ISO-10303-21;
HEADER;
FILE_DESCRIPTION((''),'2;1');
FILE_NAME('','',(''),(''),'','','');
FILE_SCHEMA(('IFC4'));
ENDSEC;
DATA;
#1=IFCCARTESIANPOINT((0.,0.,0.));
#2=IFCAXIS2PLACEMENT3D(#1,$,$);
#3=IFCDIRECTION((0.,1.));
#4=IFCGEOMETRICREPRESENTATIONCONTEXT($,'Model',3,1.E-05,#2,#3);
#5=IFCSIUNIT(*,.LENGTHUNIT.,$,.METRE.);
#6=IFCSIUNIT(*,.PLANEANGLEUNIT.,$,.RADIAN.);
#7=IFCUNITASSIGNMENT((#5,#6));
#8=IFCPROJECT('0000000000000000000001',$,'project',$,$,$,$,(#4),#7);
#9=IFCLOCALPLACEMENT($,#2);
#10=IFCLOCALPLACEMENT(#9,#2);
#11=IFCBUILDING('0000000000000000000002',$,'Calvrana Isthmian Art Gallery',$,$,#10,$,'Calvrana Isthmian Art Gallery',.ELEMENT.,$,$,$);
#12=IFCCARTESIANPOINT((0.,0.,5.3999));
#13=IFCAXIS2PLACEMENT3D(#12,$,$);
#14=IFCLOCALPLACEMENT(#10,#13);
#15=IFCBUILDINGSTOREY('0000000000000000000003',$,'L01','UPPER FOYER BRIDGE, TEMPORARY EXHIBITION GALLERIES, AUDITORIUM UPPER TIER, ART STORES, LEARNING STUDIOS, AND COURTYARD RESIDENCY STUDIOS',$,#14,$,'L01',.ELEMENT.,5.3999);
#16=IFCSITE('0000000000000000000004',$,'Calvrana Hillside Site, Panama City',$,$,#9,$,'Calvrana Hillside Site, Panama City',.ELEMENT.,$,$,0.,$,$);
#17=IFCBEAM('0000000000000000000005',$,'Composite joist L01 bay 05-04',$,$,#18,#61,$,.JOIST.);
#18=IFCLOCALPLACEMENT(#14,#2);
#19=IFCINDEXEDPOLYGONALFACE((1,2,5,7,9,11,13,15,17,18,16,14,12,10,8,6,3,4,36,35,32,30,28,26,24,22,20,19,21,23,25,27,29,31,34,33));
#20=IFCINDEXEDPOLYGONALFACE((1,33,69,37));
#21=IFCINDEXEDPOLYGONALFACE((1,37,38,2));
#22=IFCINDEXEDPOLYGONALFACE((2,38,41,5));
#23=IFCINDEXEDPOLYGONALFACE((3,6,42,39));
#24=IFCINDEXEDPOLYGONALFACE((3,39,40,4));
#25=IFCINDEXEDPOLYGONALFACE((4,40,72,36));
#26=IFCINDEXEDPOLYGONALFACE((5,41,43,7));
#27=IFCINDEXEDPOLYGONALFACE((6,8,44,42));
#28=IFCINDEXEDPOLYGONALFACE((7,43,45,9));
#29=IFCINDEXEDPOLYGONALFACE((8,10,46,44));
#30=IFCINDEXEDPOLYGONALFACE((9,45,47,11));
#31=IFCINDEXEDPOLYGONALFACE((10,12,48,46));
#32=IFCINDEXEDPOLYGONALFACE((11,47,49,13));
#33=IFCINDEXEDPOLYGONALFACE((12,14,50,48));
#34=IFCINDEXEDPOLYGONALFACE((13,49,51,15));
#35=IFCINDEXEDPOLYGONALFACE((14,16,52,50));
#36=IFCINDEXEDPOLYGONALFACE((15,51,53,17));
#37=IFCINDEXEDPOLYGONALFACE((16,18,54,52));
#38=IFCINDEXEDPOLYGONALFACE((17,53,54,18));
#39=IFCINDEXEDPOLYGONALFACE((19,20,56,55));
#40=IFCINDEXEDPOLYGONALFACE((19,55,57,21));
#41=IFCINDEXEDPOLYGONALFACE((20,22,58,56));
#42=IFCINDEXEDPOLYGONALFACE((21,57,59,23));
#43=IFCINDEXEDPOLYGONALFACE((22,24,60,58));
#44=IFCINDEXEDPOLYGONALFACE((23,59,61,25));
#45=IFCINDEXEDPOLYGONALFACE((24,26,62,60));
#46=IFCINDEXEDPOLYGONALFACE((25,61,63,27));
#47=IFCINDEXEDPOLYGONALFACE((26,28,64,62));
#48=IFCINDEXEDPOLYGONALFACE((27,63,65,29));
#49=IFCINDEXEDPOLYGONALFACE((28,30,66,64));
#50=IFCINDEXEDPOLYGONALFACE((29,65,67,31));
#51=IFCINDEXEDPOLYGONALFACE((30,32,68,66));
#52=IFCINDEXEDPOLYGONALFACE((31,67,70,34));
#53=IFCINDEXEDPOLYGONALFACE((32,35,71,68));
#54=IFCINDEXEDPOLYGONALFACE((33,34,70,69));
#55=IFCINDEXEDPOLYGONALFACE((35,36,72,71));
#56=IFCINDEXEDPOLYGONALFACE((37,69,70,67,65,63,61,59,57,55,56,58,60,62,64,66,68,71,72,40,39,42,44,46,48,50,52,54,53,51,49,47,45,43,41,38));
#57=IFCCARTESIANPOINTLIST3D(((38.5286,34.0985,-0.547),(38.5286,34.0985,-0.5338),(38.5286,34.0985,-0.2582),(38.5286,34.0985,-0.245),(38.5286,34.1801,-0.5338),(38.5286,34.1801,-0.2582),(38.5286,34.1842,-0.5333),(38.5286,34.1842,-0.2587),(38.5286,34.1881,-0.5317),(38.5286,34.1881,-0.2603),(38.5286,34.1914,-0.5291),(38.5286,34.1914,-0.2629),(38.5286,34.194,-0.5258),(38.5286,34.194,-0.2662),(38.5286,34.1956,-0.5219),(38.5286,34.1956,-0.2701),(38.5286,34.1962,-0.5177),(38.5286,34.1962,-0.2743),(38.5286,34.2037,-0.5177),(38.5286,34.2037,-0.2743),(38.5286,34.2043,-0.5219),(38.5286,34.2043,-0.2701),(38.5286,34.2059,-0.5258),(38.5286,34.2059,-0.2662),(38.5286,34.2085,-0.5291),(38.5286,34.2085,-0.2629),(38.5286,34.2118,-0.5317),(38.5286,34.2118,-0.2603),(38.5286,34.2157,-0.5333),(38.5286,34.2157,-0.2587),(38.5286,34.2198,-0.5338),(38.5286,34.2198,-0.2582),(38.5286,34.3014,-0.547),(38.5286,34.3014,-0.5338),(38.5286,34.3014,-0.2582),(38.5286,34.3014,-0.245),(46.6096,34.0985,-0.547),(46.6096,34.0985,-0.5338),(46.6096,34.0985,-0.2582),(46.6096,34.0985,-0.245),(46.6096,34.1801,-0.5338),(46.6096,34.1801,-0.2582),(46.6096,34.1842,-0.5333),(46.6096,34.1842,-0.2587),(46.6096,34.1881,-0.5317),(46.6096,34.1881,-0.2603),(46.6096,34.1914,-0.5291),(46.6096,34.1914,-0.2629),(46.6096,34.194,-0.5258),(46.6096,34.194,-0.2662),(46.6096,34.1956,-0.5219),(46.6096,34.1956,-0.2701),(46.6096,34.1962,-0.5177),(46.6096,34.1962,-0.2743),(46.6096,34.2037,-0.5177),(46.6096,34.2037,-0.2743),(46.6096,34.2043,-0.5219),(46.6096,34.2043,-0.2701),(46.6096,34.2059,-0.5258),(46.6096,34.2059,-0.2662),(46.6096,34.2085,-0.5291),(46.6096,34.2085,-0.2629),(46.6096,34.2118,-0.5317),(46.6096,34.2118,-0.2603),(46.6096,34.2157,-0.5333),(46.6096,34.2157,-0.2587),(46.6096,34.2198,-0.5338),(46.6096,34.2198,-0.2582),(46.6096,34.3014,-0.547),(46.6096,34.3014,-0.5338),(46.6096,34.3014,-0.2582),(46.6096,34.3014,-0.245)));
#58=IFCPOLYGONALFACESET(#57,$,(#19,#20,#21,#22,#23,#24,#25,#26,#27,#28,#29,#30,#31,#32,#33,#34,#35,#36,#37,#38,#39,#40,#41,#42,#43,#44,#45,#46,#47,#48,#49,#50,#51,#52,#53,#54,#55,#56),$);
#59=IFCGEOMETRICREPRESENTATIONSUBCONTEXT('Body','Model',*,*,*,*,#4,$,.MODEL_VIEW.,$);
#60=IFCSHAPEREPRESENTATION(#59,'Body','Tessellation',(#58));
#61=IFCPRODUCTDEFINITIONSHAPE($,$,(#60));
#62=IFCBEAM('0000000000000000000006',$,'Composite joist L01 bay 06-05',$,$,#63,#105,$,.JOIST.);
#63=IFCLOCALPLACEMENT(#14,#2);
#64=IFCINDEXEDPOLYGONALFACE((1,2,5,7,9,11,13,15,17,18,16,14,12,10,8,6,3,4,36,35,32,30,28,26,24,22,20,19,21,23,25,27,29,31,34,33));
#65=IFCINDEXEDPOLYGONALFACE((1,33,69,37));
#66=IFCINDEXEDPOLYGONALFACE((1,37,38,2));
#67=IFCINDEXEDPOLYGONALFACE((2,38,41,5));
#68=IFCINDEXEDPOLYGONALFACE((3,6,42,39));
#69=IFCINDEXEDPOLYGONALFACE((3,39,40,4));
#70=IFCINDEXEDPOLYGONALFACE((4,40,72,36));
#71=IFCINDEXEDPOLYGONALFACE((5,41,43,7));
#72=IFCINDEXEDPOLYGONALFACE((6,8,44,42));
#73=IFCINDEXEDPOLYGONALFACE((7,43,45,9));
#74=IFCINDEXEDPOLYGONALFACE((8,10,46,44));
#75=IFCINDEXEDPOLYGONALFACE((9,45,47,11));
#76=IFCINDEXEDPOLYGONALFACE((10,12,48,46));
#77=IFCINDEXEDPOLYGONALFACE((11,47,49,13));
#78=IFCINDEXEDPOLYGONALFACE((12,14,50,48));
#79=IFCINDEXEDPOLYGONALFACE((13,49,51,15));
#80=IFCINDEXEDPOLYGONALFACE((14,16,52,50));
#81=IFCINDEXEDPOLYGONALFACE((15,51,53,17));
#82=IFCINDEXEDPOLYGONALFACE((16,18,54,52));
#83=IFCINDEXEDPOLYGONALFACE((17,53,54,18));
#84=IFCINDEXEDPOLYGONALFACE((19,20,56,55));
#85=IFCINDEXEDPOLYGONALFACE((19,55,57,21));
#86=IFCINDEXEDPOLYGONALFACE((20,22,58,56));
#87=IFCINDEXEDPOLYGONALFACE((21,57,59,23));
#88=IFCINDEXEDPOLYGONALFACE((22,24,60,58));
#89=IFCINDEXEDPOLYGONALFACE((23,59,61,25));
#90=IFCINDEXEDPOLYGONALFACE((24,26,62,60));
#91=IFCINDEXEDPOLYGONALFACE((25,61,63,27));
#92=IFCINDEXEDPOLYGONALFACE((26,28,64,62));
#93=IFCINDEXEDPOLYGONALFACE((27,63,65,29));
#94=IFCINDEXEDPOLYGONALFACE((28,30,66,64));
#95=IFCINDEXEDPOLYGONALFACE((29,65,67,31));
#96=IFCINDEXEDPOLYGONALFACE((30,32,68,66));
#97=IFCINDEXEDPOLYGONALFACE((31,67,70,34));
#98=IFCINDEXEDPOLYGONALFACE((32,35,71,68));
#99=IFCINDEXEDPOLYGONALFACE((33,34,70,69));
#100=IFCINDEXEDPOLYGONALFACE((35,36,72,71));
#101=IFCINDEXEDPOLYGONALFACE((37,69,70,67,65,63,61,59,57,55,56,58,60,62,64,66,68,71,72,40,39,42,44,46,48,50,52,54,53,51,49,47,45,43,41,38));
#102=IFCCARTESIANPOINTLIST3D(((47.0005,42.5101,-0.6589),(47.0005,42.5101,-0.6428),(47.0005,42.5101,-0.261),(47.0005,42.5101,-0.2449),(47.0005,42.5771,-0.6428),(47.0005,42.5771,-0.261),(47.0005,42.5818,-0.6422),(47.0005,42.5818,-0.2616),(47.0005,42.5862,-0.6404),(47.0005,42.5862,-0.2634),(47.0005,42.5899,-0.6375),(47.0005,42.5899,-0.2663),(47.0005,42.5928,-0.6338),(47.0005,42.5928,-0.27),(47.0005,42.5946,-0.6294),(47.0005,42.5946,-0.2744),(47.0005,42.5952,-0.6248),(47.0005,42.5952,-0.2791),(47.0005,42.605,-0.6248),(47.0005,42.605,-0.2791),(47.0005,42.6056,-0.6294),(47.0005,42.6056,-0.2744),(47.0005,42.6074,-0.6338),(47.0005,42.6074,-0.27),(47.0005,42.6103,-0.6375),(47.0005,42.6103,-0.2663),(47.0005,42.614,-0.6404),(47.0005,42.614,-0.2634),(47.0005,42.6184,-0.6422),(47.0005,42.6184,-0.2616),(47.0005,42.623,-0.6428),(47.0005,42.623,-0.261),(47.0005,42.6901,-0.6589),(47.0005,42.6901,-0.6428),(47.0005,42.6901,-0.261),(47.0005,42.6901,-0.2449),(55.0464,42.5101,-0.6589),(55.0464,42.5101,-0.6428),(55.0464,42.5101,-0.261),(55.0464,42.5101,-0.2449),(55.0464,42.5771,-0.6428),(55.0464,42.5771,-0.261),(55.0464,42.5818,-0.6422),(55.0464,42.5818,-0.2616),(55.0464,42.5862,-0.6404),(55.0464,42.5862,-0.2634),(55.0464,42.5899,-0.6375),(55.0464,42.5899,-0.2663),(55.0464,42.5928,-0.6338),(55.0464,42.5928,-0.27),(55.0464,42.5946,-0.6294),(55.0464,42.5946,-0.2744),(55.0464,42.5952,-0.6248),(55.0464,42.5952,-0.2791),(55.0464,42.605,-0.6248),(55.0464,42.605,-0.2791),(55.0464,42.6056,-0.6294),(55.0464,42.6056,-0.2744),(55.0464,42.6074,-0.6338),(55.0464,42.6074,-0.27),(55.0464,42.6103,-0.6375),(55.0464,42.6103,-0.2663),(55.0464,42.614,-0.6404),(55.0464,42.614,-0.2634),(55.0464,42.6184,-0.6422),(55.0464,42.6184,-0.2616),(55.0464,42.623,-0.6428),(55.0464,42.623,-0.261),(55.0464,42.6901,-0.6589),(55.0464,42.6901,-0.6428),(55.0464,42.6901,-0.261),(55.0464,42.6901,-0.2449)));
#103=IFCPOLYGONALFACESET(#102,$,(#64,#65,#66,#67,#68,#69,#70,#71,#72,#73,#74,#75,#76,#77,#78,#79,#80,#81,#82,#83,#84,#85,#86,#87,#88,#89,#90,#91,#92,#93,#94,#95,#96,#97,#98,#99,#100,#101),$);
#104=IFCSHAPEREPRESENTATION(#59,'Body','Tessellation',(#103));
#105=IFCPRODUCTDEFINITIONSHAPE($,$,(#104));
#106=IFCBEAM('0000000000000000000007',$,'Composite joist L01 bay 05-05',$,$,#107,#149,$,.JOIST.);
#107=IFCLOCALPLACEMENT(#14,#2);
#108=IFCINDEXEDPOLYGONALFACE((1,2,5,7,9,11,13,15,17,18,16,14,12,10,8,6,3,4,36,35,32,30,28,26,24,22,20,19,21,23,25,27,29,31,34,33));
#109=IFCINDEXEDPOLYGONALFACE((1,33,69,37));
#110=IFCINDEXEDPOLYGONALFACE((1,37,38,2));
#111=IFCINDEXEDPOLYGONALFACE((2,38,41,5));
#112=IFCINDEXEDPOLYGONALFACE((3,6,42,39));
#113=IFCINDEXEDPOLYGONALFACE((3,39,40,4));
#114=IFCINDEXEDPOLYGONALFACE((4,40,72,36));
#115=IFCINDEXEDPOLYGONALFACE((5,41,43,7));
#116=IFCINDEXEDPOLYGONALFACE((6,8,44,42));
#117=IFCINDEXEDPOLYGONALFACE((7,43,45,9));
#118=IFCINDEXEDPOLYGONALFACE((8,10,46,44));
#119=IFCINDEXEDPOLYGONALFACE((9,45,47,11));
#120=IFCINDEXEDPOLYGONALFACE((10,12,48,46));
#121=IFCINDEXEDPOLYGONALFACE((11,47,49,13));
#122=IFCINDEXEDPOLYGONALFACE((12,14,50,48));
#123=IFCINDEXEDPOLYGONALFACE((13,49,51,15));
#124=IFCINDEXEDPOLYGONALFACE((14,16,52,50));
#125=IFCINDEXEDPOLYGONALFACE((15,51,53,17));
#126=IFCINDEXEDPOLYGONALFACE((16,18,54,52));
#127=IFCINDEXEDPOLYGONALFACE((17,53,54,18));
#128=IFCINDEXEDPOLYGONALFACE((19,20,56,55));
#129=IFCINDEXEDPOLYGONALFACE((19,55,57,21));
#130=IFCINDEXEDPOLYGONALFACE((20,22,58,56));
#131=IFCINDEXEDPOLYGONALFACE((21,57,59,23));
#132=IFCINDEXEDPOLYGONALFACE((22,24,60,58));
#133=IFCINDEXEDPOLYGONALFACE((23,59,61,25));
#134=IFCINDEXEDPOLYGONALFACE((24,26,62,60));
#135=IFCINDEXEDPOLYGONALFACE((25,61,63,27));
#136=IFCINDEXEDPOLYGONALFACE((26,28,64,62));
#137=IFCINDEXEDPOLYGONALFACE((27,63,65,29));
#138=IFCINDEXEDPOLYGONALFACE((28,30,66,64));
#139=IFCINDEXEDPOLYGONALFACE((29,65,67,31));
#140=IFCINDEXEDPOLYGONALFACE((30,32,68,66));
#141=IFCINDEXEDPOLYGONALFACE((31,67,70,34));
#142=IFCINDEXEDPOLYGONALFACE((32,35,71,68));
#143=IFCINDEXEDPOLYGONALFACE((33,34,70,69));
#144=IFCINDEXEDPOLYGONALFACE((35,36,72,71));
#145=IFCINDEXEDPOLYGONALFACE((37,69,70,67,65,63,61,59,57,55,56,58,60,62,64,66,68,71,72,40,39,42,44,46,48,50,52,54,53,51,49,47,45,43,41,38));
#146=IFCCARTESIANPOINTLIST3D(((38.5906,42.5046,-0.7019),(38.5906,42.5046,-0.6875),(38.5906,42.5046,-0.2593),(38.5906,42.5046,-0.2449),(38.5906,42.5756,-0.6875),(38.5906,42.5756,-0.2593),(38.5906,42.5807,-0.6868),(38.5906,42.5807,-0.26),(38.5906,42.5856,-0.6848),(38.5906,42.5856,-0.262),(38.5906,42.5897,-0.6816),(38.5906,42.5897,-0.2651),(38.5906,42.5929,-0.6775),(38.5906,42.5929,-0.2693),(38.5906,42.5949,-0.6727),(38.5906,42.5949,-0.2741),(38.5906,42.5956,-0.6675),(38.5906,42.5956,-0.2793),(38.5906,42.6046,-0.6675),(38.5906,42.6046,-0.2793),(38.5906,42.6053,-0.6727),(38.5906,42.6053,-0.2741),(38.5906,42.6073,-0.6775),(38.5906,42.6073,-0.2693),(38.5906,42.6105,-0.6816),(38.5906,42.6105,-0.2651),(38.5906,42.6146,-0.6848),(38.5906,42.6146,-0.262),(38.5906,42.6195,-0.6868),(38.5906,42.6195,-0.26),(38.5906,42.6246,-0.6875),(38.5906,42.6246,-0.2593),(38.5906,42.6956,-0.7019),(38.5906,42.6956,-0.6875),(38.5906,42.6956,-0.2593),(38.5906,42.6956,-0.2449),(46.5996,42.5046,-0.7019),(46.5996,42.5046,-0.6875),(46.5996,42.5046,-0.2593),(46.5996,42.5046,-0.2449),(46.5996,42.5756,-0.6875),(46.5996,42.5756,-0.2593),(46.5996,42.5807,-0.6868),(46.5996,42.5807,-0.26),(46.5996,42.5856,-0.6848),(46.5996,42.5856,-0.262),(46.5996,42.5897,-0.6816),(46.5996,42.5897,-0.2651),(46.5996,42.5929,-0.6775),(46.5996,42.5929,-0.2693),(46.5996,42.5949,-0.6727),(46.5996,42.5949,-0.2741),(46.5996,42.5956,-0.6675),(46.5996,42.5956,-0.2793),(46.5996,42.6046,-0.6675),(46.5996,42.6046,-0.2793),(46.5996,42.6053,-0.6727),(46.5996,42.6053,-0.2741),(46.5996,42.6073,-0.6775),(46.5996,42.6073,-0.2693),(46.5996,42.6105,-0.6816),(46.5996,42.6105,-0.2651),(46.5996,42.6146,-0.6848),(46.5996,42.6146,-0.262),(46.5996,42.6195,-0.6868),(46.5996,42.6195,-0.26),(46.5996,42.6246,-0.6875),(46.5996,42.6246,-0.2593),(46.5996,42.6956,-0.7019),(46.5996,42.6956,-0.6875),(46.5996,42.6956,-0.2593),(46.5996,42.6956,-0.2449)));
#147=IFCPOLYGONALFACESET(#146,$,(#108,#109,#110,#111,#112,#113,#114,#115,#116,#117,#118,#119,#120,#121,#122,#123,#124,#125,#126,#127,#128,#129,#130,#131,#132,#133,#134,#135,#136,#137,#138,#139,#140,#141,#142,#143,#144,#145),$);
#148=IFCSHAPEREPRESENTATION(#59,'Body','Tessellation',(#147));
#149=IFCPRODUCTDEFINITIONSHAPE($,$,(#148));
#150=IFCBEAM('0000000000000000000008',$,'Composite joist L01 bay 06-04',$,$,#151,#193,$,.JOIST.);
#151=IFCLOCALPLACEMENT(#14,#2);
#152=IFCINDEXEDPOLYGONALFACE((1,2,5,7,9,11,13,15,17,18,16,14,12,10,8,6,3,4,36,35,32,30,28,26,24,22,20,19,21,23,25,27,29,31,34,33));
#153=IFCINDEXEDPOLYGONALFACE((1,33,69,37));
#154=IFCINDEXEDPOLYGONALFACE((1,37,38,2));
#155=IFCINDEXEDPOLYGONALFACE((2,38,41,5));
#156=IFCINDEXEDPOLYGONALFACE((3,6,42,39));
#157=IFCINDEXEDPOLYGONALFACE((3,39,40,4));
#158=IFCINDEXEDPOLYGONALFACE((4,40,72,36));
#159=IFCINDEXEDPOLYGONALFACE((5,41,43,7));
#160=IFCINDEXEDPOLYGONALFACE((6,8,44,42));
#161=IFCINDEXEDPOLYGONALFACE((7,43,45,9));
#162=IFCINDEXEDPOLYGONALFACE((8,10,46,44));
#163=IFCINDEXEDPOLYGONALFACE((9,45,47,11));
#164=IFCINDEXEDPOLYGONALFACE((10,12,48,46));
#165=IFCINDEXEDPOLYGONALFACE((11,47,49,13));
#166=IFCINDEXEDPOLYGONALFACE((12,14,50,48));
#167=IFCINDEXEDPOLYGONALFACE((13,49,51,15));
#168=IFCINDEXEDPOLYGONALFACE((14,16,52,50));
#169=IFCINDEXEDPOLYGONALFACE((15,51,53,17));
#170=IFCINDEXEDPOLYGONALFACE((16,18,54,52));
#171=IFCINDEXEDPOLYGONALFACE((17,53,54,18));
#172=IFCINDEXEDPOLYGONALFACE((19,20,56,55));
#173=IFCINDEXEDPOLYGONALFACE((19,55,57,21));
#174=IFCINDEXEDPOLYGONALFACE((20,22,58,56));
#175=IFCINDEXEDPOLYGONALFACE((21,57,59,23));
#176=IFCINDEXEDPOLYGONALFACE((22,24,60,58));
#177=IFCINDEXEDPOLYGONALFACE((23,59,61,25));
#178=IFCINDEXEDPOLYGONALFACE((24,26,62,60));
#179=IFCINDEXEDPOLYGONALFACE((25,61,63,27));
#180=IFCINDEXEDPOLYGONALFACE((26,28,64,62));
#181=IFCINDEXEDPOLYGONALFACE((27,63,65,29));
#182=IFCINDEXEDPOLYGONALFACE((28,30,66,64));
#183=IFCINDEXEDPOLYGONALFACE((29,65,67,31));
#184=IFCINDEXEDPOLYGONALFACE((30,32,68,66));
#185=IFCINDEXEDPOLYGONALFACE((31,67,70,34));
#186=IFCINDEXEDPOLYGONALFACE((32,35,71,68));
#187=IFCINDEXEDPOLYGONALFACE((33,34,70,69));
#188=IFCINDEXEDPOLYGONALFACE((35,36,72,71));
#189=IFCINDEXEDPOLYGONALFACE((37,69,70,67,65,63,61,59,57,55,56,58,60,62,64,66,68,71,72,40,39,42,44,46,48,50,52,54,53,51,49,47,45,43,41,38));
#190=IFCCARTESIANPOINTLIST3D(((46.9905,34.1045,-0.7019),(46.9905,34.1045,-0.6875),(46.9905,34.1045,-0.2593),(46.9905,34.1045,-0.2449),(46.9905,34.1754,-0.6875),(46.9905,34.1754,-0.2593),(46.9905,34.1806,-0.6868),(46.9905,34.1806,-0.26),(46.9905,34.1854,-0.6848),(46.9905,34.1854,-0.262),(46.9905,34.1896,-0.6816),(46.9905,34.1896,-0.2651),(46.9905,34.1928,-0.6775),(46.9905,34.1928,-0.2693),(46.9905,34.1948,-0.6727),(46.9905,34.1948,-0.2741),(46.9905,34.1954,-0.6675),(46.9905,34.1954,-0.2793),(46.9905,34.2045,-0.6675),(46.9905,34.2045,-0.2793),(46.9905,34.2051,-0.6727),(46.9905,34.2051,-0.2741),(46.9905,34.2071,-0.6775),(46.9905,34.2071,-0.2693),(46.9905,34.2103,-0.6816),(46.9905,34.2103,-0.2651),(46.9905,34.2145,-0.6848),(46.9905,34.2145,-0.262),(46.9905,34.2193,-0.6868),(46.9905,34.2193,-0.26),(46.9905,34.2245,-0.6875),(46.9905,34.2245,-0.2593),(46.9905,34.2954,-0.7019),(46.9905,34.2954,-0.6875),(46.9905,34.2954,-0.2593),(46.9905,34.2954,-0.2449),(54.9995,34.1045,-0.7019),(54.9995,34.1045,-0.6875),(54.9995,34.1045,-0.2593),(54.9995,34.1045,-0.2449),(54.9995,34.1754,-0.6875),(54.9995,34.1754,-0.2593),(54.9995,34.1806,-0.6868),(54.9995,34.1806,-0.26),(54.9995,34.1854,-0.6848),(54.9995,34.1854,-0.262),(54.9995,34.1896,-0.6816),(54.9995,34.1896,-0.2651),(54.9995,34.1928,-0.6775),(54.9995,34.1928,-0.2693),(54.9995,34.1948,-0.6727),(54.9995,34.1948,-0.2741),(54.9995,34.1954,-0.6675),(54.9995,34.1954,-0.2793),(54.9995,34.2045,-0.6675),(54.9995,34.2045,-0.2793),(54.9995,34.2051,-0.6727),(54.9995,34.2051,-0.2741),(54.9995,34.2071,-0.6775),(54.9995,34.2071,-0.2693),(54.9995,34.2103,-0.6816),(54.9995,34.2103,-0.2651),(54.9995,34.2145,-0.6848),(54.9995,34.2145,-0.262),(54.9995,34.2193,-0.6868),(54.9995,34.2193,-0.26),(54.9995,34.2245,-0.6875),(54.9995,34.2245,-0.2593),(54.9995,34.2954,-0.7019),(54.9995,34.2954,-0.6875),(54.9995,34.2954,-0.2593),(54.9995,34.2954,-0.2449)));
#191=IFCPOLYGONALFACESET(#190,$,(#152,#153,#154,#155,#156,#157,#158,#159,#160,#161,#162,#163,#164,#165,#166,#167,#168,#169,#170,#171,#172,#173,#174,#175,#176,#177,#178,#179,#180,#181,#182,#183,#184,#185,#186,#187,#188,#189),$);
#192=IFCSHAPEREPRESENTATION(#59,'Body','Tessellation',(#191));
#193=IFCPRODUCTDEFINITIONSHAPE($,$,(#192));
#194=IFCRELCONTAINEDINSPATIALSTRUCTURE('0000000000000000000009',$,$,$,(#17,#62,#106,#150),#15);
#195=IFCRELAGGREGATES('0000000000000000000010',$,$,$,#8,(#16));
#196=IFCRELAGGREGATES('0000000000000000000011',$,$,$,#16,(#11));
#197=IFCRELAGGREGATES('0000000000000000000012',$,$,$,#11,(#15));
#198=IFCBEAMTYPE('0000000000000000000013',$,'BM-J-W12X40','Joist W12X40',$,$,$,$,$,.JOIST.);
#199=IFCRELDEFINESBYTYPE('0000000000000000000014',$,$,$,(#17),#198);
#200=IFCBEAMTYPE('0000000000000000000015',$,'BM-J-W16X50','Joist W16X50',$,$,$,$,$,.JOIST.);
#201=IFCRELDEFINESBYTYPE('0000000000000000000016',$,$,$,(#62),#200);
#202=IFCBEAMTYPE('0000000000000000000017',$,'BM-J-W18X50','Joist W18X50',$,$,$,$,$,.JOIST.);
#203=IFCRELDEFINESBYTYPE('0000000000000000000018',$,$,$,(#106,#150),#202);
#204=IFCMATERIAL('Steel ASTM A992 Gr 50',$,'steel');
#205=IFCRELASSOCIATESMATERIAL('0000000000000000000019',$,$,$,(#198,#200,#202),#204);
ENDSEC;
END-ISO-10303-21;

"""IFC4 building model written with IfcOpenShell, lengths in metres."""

from ifc_helpers import new_model, si_unit, direction, frame, origin, origin_2d, place, context, subcontext, project, spatial, i_section, extrude, material, material_profile, profile_set, type_object, element, save


model = new_model("IFC4")

# Units and contexts
model_context = context("Model", 3, precision=1e-05, world=origin(), true_north=direction((0.0, 1.0)))
body_context = subcontext(model_context, "Body", "Model", "MODEL_VIEW")
ifc_project = project(units=[si_unit("LENGTHUNIT", "METRE"), si_unit("PLANEANGLEUNIT", "RADIAN")], contexts=[model_context])

# Site, building, storey
site_placement = place(None, origin())
site = spatial("IfcSite", under=ifc_project, at=site_placement, Name="Calvrana Hillside Site, Panama City", LongName="Calvrana Hillside Site, Panama City", CompositionType="ELEMENT", RefElevation=0.0)
building_placement = place(site_placement, origin())
building = spatial("IfcBuilding", under=site, at=building_placement, Name="Calvrana Isthmian Art Gallery", LongName="Calvrana Isthmian Art Gallery", CompositionType="ELEMENT")
storey_placement = place(building_placement, frame((0.0, 0.0, 5.3999)))
storey = spatial("IfcBuildingStorey", under=building, at=storey_placement, Name="L01", Description="UPPER FOYER BRIDGE, TEMPORARY EXHIBITION GALLERIES, AUDITORIUM UPPER TIER, ART STORES, LEARNING STUDIOS, AND COURTYARD RESIDENCY STUDIOS", LongName="L01", CompositionType="ELEMENT", Elevation=5.3999)

# Shared definitions
ifc_material_1 = material(Name="Steel ASTM A992 Gr 50", Category="steel")

# Beams
ifc_material_profile_1 = material_profile(ifc_material_1, i_section(OverallWidth=0.2029, OverallDepth=0.302, WebThickness=0.0076, FlangeThickness=0.0132, FilletRadius=0.0161, at=origin_2d()), Name="W12X40")
ifc_profile_set_1 = profile_set([ifc_material_profile_1], Name="Steel ASTM A992 Gr 50")
beam_type_1 = type_object("IfcBeamType", Name="BM-J-W12X40", Description="Joist W12X40", PredefinedType="JOIST", material=ifc_profile_set_1)
beam_1_placement = place(storey_placement, frame((38.5286, 34.2, -0.396), z_axis=(1.0, 0.0, 0.0), x_axis=(0.0, 1.0, 0.0)))
element("IfcBeam", 1, at=beam_1_placement, inside=storey, type_object=beam_type_1, Name="Composite joist L01 bay 05-04", PredefinedType="JOIST", context=body_context, shape_type="SweptSolid", body=[
    extrude(i_section(OverallWidth=0.2029, OverallDepth=0.302, WebThickness=0.0076, FlangeThickness=0.0132, FilletRadius=0.0161, at=origin_2d()), origin(), (0.0, 0.0, 1.0), 8.0811),
])
ifc_material_profile_2 = material_profile(ifc_material_1, i_section(OverallWidth=0.1799, OverallDepth=0.4141, WebThickness=0.0098, FlangeThickness=0.0161, FilletRadius=0.0181, at=origin_2d()), Name="W16X50")
ifc_profile_set_2 = profile_set([ifc_material_profile_2], Name="Steel ASTM A992 Gr 50")
beam_type_2 = type_object("IfcBeamType", Name="BM-J-W16X50", Description="Joist W16X50", PredefinedType="JOIST", material=ifc_profile_set_2)
beam_2_placement = place(storey_placement, frame((47.0005, 42.6001, -0.4519), z_axis=(1.0, 0.0, 0.0), x_axis=(0.0, 1.0, 0.0)))
element("IfcBeam", 2, at=beam_2_placement, inside=storey, type_object=beam_type_2, Name="Composite joist L01 bay 06-05", PredefinedType="JOIST", context=body_context, shape_type="SweptSolid", body=[
    extrude(i_section(OverallWidth=0.1799, OverallDepth=0.4141, WebThickness=0.0098, FlangeThickness=0.0161, FilletRadius=0.0181, at=origin_2d()), origin(), (0.0, 0.0, 1.0), 8.0459),
])
ifc_material_profile_3 = material_profile(ifc_material_1, i_section(OverallWidth=0.1909, OverallDepth=0.457, WebThickness=0.009, FlangeThickness=0.0144, FilletRadius=0.02, at=origin_2d()), Name="W18X50")
ifc_profile_set_3 = profile_set([ifc_material_profile_3], Name="Steel ASTM A992 Gr 50")
beam_type_3 = type_object("IfcBeamType", Name="BM-J-W18X50", Description="Joist W18X50", PredefinedType="JOIST", material=ifc_profile_set_3)
for number, where, z_axis, x_axis, name in (
    (3, (38.5906, 42.6001, -0.4734), (1.0, 0.0, 0.0), (0.0, 1.0, 0.0), "Composite joist L01 bay 05-05"),
    (4, (46.9905, 34.2, -0.4734), (1.0, 0.0, 0.0), (0.0, 1.0, 0.0), "Composite joist L01 bay 06-04"),
):
    element("IfcBeam", number, at=place(storey_placement, frame(where, z_axis=z_axis, x_axis=x_axis)), inside=storey, type_object=beam_type_3, Name=name, PredefinedType="JOIST", context=body_context, shape_type="SweptSolid", body=[
        extrude(i_section(OverallWidth=0.1909, OverallDepth=0.457, WebThickness=0.009, FlangeThickness=0.0144, FilletRadius=0.02, at=origin_2d()), origin(), (0.0, 0.0, 1.0), 8.009),
    ])

save(model, "model.ifc")
